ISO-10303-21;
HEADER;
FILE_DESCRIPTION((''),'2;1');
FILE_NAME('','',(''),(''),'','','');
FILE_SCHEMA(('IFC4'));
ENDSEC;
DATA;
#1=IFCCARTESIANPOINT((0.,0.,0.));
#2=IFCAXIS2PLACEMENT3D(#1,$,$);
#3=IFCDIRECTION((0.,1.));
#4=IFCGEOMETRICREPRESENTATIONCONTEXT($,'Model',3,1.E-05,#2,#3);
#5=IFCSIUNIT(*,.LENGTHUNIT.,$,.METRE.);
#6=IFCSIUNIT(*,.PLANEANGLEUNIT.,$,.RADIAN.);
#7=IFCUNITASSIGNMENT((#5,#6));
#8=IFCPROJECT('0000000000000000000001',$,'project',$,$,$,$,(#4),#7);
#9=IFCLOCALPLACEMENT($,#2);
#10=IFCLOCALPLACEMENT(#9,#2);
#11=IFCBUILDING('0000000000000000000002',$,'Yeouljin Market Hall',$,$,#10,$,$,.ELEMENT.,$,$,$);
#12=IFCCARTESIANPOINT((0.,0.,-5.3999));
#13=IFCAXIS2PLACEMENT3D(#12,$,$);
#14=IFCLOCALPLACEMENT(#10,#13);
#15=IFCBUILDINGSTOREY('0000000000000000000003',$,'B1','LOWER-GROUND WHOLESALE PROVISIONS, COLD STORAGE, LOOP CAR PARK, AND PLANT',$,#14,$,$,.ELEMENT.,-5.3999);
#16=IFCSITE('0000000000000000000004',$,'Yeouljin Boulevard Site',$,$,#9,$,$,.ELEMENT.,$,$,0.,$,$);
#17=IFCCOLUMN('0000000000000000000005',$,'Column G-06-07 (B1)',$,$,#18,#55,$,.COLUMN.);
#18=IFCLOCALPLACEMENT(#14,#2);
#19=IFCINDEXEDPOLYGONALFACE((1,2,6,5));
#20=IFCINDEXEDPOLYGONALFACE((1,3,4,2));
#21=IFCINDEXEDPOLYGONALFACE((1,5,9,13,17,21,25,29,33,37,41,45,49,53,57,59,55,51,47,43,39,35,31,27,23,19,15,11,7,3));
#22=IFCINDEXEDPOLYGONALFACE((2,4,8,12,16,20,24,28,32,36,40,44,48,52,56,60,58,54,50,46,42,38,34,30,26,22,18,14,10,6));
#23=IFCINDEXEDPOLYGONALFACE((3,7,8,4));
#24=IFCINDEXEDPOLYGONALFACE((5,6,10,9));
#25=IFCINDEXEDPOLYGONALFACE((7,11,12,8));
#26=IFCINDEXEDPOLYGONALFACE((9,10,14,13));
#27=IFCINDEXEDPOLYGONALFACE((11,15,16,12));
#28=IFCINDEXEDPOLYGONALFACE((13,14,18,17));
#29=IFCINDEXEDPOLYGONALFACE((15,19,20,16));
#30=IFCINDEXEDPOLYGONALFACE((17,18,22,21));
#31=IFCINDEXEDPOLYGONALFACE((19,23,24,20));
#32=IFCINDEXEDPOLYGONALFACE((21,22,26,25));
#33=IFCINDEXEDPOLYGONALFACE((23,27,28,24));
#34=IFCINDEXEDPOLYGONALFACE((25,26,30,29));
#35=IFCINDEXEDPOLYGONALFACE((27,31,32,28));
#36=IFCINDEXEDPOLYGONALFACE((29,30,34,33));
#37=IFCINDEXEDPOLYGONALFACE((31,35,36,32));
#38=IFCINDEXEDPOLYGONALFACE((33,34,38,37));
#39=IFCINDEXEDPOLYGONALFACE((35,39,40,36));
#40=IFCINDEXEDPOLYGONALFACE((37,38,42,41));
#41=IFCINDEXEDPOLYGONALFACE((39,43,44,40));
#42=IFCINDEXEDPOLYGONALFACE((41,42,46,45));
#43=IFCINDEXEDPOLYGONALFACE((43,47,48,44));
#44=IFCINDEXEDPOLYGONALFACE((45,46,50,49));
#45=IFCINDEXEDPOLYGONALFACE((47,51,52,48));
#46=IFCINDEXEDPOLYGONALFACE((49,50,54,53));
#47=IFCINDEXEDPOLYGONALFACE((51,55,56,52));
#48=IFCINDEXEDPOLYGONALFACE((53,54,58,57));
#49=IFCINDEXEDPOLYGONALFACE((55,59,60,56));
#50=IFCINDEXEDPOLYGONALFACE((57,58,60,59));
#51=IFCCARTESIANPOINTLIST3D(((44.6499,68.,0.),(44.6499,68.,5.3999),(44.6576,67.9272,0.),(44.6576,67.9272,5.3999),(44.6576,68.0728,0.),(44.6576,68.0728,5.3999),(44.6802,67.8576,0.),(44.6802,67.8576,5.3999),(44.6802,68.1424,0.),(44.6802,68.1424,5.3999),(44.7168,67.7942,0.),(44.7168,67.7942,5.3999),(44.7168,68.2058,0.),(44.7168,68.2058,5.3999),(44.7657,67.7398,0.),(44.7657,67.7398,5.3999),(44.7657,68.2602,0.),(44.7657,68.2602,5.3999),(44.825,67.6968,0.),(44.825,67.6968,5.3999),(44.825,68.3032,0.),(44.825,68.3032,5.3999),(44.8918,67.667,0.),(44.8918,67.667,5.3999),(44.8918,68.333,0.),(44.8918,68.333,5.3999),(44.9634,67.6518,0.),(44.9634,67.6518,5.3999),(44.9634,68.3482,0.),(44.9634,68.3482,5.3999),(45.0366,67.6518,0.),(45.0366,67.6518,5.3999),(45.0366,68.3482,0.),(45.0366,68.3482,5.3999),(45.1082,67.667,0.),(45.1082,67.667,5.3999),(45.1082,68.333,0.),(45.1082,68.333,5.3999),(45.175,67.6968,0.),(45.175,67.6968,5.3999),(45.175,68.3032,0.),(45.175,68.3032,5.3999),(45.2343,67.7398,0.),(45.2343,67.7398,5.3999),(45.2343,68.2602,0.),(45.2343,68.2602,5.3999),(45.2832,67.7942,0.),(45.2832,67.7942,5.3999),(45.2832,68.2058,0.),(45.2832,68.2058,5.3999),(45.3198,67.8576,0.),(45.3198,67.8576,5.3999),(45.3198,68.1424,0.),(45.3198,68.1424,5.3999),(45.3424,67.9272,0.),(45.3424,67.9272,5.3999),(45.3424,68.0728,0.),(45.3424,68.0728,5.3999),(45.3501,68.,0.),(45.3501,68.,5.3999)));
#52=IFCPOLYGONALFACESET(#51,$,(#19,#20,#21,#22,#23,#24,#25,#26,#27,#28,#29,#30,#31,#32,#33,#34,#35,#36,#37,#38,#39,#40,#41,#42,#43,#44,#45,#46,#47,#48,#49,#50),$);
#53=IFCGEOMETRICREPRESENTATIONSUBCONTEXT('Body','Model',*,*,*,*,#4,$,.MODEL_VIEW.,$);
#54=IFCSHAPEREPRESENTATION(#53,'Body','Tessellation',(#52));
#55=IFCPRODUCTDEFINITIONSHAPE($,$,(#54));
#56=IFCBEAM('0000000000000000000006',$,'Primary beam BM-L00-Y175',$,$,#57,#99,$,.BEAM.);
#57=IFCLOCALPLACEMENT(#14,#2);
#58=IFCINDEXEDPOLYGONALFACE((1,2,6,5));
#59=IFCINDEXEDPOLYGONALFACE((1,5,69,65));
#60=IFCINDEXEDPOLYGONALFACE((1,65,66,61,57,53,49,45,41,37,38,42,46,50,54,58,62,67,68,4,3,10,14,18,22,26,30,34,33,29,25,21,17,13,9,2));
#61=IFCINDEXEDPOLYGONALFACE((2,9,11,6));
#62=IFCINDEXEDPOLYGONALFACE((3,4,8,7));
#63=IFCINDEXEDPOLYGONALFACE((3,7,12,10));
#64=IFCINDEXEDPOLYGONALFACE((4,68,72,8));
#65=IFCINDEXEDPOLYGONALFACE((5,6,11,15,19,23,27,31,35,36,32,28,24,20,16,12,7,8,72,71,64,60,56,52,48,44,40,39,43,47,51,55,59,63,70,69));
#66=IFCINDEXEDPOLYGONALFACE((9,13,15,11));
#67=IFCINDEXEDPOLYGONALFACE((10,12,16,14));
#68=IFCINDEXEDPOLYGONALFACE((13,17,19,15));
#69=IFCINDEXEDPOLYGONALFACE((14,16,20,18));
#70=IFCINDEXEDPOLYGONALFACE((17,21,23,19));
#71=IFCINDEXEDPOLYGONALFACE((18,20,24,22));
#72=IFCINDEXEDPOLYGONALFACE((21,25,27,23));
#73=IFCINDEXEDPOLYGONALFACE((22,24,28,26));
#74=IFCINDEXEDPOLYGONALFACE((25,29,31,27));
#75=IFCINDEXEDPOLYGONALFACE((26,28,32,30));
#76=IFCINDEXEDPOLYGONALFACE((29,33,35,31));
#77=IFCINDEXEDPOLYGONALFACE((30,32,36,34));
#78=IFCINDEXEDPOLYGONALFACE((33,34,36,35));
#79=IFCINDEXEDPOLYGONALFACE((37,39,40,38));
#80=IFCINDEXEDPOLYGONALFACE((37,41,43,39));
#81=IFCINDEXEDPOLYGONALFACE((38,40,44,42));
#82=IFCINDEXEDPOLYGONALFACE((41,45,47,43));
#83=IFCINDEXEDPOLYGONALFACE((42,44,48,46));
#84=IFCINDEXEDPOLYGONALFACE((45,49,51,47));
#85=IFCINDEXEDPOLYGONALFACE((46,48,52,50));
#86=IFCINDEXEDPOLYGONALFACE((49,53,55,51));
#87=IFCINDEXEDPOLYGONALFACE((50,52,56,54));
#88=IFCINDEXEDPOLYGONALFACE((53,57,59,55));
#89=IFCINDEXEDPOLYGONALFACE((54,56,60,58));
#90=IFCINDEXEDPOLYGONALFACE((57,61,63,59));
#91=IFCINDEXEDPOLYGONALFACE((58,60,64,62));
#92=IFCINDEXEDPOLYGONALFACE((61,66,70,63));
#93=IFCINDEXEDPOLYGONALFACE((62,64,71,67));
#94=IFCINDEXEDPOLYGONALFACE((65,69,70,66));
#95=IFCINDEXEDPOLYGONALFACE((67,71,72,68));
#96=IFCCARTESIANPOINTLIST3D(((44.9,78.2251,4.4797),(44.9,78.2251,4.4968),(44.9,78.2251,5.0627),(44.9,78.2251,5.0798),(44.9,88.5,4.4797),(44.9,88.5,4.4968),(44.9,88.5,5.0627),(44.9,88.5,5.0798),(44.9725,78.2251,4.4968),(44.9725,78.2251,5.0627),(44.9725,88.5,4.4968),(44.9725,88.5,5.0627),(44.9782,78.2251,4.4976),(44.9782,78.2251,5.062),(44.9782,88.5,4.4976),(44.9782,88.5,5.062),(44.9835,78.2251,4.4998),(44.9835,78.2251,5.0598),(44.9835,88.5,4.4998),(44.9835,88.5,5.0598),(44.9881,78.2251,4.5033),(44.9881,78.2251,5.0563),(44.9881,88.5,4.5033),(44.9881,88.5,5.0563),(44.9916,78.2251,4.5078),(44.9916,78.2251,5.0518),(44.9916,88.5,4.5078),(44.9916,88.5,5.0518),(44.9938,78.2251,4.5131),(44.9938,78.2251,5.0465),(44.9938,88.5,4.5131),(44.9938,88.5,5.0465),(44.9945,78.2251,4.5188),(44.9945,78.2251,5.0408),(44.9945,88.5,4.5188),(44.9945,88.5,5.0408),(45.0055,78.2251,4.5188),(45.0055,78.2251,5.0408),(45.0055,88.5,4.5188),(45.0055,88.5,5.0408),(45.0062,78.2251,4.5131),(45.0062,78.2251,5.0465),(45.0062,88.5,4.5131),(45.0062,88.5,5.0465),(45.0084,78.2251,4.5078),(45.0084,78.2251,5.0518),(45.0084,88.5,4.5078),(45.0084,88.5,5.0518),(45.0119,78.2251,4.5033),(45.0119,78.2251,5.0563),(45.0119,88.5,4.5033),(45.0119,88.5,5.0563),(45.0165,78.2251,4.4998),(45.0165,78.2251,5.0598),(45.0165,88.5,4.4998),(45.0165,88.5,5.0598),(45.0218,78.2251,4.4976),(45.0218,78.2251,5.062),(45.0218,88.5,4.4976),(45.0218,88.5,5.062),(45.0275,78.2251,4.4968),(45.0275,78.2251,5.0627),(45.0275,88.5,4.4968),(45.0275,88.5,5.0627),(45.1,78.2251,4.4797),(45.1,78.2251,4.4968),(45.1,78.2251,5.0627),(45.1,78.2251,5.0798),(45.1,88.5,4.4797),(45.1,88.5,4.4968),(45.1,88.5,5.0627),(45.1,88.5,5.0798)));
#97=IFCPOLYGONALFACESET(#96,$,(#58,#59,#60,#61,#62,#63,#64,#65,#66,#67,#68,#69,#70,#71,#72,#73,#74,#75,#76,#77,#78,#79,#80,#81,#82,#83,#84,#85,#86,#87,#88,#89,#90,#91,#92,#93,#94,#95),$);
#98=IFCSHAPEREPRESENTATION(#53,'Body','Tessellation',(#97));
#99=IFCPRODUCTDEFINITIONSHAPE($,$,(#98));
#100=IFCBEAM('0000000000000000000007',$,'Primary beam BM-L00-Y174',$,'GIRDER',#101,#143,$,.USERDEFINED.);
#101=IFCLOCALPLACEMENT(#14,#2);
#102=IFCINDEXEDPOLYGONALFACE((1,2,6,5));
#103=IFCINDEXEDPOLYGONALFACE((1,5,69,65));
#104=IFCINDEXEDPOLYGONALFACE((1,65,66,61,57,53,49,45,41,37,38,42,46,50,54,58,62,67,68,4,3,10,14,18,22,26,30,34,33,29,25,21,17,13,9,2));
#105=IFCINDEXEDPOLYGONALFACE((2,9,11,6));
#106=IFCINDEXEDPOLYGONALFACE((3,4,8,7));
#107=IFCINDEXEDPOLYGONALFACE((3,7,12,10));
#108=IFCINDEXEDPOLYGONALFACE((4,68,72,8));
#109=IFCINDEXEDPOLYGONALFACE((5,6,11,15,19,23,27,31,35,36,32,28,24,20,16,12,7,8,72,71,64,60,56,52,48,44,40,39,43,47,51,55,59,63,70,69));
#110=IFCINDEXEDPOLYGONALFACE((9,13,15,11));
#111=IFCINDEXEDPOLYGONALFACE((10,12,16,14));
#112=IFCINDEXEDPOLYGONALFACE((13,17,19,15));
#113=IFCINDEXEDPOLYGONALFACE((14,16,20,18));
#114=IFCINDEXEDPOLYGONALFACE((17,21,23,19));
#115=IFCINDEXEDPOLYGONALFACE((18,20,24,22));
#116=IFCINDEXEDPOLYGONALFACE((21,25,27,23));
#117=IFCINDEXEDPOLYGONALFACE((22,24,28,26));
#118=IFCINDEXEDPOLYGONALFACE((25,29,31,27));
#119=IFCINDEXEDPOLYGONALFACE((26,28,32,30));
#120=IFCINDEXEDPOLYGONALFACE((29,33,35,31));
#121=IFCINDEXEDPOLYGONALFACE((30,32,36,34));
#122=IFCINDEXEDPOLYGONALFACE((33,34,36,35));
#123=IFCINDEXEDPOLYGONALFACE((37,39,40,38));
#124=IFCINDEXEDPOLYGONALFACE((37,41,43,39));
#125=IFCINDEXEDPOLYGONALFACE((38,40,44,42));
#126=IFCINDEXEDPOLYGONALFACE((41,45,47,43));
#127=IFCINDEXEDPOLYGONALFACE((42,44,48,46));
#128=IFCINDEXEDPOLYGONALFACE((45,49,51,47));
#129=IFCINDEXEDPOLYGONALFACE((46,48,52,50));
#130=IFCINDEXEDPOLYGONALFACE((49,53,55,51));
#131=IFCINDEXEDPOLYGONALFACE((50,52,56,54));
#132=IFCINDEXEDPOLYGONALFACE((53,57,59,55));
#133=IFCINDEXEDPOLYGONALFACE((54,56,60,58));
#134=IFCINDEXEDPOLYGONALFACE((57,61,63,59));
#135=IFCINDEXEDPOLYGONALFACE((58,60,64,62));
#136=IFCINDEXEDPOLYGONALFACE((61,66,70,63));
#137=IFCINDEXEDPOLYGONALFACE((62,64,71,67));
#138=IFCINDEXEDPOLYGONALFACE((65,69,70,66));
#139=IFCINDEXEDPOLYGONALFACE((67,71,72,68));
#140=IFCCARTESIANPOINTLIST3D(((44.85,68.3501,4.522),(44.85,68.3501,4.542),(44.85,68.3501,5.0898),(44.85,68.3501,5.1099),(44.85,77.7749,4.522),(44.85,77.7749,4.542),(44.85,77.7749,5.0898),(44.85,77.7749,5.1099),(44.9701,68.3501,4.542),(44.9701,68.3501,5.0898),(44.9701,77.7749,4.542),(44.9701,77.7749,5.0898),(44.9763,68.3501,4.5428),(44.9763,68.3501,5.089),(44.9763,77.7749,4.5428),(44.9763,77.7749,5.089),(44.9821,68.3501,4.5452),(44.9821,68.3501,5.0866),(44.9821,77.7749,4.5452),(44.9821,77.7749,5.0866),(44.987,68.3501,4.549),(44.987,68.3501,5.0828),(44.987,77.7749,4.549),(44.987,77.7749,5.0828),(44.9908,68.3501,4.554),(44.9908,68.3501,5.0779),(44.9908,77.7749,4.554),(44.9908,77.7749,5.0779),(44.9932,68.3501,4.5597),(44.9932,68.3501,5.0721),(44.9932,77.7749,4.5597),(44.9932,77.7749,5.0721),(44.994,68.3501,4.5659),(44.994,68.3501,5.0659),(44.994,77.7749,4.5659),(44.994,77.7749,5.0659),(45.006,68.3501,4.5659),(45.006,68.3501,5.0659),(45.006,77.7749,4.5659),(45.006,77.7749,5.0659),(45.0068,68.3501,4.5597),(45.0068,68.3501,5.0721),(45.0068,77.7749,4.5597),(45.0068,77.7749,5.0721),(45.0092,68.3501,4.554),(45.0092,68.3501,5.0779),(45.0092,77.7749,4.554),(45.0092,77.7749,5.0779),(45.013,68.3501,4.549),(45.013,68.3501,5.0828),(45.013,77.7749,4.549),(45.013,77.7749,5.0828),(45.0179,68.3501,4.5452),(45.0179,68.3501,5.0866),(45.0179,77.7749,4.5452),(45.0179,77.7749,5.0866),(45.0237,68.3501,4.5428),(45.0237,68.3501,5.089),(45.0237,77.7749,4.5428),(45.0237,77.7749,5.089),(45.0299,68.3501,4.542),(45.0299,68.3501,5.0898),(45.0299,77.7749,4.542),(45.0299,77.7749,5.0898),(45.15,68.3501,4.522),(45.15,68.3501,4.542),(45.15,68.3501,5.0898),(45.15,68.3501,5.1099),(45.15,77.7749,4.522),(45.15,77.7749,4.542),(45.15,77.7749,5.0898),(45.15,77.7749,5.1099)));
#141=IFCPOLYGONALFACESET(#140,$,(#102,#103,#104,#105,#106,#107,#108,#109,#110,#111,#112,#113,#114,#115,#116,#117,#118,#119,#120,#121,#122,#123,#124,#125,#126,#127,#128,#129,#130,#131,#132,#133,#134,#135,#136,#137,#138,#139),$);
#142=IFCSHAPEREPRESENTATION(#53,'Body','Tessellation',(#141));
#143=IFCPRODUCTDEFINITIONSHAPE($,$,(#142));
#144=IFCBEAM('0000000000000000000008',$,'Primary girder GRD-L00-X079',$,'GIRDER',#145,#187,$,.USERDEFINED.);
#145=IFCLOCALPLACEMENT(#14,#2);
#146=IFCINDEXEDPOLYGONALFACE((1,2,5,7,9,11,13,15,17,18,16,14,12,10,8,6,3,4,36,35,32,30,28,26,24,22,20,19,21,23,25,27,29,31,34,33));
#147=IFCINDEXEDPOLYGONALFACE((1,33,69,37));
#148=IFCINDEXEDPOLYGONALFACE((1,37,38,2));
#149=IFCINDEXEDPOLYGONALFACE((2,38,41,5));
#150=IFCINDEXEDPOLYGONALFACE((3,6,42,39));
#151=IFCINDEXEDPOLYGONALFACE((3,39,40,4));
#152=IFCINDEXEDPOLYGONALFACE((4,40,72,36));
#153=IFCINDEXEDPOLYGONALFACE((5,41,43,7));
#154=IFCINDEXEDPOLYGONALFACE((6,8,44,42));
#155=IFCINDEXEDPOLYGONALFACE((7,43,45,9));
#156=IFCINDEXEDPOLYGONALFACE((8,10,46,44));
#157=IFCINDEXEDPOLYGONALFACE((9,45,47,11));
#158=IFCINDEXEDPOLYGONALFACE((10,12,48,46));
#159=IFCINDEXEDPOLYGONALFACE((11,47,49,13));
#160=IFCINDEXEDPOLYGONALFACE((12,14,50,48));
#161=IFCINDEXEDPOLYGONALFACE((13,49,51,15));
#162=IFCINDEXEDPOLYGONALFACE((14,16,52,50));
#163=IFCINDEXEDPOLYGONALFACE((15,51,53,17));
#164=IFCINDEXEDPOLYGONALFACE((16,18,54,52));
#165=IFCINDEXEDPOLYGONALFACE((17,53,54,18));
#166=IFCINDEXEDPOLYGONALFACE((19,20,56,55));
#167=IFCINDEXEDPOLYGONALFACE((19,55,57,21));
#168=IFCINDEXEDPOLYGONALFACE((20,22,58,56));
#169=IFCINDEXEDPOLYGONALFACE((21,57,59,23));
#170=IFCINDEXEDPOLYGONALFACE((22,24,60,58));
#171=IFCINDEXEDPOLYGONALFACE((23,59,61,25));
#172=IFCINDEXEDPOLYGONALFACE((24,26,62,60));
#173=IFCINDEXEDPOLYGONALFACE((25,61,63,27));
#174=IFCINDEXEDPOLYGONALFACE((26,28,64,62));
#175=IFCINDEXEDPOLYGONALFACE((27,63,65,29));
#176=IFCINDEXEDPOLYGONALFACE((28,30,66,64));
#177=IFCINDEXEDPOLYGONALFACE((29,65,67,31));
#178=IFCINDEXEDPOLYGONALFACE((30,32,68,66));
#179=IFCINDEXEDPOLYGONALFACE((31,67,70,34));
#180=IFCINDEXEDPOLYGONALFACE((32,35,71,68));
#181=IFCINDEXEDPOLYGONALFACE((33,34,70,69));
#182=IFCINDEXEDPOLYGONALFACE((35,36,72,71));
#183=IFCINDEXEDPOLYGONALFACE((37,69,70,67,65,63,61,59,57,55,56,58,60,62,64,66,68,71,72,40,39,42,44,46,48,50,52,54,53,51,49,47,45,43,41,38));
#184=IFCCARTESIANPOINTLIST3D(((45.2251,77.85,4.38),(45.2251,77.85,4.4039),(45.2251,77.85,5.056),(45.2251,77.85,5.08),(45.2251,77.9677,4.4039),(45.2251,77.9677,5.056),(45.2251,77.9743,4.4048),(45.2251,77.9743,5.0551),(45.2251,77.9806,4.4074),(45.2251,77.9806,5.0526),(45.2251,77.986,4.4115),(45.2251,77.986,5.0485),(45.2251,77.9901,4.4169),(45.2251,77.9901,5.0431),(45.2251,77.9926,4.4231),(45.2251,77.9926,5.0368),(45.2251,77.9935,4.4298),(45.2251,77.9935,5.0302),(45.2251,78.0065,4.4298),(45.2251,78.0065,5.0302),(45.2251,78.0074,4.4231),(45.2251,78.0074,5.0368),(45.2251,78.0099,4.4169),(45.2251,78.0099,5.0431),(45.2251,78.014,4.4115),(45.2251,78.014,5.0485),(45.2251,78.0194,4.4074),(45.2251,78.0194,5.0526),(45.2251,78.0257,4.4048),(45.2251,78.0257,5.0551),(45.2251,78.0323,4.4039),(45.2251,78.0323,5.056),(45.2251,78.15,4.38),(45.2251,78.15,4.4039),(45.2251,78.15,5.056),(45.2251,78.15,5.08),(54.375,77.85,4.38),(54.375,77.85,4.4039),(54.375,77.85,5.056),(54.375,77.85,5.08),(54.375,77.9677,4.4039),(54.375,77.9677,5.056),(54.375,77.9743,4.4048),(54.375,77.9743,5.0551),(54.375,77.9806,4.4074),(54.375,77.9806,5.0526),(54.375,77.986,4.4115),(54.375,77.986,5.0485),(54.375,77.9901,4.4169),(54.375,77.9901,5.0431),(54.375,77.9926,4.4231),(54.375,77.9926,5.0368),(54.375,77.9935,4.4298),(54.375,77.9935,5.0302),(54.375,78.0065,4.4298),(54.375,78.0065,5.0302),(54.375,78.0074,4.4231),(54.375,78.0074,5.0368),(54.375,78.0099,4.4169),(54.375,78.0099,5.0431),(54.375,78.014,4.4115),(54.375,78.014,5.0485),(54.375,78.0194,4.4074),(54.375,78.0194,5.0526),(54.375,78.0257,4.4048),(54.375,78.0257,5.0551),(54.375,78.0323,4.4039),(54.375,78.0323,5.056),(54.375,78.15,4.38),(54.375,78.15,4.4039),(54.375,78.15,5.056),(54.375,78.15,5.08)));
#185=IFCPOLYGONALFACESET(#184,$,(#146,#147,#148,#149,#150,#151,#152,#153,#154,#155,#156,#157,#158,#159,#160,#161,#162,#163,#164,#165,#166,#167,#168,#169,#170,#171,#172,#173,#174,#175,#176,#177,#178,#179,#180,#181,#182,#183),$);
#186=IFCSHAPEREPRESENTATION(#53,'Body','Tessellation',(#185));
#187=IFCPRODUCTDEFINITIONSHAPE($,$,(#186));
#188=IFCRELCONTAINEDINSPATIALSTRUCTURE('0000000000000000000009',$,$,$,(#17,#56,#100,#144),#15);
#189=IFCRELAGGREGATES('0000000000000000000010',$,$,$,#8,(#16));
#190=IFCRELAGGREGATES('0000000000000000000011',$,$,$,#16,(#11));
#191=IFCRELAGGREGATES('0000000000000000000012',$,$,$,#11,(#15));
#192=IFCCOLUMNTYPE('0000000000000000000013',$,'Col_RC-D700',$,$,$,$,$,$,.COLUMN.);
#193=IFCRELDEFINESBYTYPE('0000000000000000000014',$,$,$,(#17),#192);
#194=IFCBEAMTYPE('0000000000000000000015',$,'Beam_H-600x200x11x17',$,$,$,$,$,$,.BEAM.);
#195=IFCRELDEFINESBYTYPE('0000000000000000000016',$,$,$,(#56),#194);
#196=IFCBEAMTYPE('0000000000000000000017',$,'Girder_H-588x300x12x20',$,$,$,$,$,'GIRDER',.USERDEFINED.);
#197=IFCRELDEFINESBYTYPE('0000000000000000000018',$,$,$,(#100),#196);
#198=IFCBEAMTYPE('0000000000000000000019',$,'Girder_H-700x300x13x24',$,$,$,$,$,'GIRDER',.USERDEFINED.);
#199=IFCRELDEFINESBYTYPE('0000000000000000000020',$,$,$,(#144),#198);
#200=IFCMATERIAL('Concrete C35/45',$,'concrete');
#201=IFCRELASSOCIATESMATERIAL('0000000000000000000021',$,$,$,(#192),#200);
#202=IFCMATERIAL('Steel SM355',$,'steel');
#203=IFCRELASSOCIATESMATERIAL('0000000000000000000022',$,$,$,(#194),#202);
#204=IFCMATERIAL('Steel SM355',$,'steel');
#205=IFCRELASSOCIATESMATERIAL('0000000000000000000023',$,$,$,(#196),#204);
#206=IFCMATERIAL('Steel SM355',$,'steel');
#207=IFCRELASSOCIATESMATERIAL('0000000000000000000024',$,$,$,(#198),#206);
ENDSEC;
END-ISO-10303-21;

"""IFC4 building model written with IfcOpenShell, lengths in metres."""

from ifc_helpers import new_model, si_unit, direction, frame, origin, origin_2d, place, context, subcontext, project, spatial, circle, i_section, extrude, material, material_profile, profile_set, type_object, element, save


model = new_model("IFC4")

# Units and contexts
model_context = context("Model", 3, precision=1e-05, world=origin(), true_north=direction((0.0, 1.0)))
body_context = subcontext(model_context, "Body", "Model", "MODEL_VIEW")
ifc_project = project(units=[si_unit("LENGTHUNIT", "METRE"), si_unit("PLANEANGLEUNIT", "RADIAN")], contexts=[model_context])

# Site, building, storey
site_placement = place(None, origin())
site = spatial("IfcSite", under=ifc_project, at=site_placement, Name="Yeouljin Boulevard Site", CompositionType="ELEMENT", RefElevation=0.0)
building_placement = place(site_placement, origin())
building = spatial("IfcBuilding", under=site, at=building_placement, Name="Yeouljin Market Hall", CompositionType="ELEMENT")
storey_placement = place(building_placement, frame((0.0, 0.0, -5.3999)))
storey = spatial("IfcBuildingStorey", under=building, at=storey_placement, Name="B1", Description="LOWER-GROUND WHOLESALE PROVISIONS, COLD STORAGE, LOOP CAR PARK, AND PLANT", CompositionType="ELEMENT", Elevation=-5.3999)

# Column
ifc_material_1 = material(Name="Concrete C35/45", Category="concrete")
ifc_material_profile_1 = material_profile(ifc_material_1, circle(Radius=0.3501, at=origin_2d()), Name="RC-D700")
ifc_profile_set_1 = profile_set([ifc_material_profile_1], Name="Concrete C35/45")
column_type_1 = type_object("IfcColumnType", Name="Col_RC-D700", PredefinedType="COLUMN", material=ifc_profile_set_1)
column_1_placement = place(storey_placement, frame((45.0, 68.0, 0.0), z_axis=(0.0, 0.0, 1.0), x_axis=(1.0, 0.0, 0.0)))
element("IfcColumn", 1, at=column_1_placement, inside=storey, type_object=column_type_1, Name="Column G-06-07 (B1)", PredefinedType="COLUMN", context=body_context, shape_type="SweptSolid", body=[
    extrude(circle(Radius=0.3501, at=origin_2d()), origin(), (0.0, 0.0, 1.0), 5.3999),
])

# Beams
ifc_material_2 = material(Name="Steel SM355", Category="steel")
ifc_material_profile_2 = material_profile(ifc_material_2, i_section(OverallWidth=0.2, OverallDepth=0.6001, WebThickness=0.011, FlangeThickness=0.0171, FilletRadius=0.022, at=origin_2d()), Name="H-600x200x11x17")
ifc_profile_set_2 = profile_set([ifc_material_profile_2], Name="Steel SM355")
beam_type_1 = type_object("IfcBeamType", Name="Beam_H-600x200x11x17", PredefinedType="BEAM", material=ifc_profile_set_2)
beam_1_placement = place(storey_placement, frame((45.0, 78.2251, 4.7798), z_axis=(0.0, 1.0, 0.0), x_axis=(-1.0, 0.0, 0.0)))
element("IfcBeam", 2, at=beam_1_placement, inside=storey, type_object=beam_type_1, Name="Primary beam BM-L00-Y175", PredefinedType="BEAM", context=body_context, shape_type="SweptSolid", body=[
    extrude(i_section(OverallWidth=0.2, OverallDepth=0.6001, WebThickness=0.011, FlangeThickness=0.0171, FilletRadius=0.022, at=origin_2d()), origin(), (0.0, 0.0, 1.0), 10.2749),
])
ifc_material_3 = material(Name="Steel SM355", Category="steel")
ifc_material_profile_3 = material_profile(ifc_material_3, i_section(OverallWidth=0.3, OverallDepth=0.5879, WebThickness=0.012, FlangeThickness=0.02, FilletRadius=0.0239, at=origin_2d()), Name="H-588x300x12x20")
ifc_profile_set_3 = profile_set([ifc_material_profile_3], Name="Steel SM355")
beam_type_2 = type_object("IfcBeamType", Name="Girder_H-588x300x12x20", ElementType="GIRDER", PredefinedType="USERDEFINED", material=ifc_profile_set_3)
beam_2_placement = place(storey_placement, frame((45.0, 68.3501, 4.8159), z_axis=(0.0, 1.0, 0.0), x_axis=(-1.0, 0.0, 0.0)))
element("IfcBeam", 3, at=beam_2_placement, inside=storey, type_object=beam_type_2, Name="Primary beam BM-L00-Y174", ObjectType="GIRDER", PredefinedType="USERDEFINED", context=body_context, shape_type="SweptSolid", body=[
    extrude(i_section(OverallWidth=0.3, OverallDepth=0.5879, WebThickness=0.012, FlangeThickness=0.02, FilletRadius=0.0239, at=origin_2d()), origin(), (0.0, 0.0, 1.0), 9.4248),
])
ifc_material_4 = material(Name="Steel SM355", Category="steel")
ifc_material_profile_4 = material_profile(ifc_material_4, i_section(OverallWidth=0.3, OverallDepth=0.7, WebThickness=0.0129, FlangeThickness=0.0239, FilletRadius=0.0259, at=origin_2d()), Name="H-700x300x13x24")
ifc_profile_set_4 = profile_set([ifc_material_profile_4], Name="Steel SM355")
beam_type_3 = type_object("IfcBeamType", Name="Girder_H-700x300x13x24", ElementType="GIRDER", PredefinedType="USERDEFINED", material=ifc_profile_set_4)
beam_3_placement = place(storey_placement, frame((45.2251, 78.0, 4.73), z_axis=(1.0, 0.0, 0.0), x_axis=(0.0, 1.0, 0.0)))
element("IfcBeam", 4, at=beam_3_placement, inside=storey, type_object=beam_type_3, Name="Primary girder GRD-L00-X079", ObjectType="GIRDER", PredefinedType="USERDEFINED", context=body_context, shape_type="SweptSolid", body=[
    extrude(i_section(OverallWidth=0.3, OverallDepth=0.7, WebThickness=0.0129, FlangeThickness=0.0239, FilletRadius=0.0259, at=origin_2d()), origin(), (0.0, 0.0, 1.0), 9.1499),
])

save(model, "model.ifc")
